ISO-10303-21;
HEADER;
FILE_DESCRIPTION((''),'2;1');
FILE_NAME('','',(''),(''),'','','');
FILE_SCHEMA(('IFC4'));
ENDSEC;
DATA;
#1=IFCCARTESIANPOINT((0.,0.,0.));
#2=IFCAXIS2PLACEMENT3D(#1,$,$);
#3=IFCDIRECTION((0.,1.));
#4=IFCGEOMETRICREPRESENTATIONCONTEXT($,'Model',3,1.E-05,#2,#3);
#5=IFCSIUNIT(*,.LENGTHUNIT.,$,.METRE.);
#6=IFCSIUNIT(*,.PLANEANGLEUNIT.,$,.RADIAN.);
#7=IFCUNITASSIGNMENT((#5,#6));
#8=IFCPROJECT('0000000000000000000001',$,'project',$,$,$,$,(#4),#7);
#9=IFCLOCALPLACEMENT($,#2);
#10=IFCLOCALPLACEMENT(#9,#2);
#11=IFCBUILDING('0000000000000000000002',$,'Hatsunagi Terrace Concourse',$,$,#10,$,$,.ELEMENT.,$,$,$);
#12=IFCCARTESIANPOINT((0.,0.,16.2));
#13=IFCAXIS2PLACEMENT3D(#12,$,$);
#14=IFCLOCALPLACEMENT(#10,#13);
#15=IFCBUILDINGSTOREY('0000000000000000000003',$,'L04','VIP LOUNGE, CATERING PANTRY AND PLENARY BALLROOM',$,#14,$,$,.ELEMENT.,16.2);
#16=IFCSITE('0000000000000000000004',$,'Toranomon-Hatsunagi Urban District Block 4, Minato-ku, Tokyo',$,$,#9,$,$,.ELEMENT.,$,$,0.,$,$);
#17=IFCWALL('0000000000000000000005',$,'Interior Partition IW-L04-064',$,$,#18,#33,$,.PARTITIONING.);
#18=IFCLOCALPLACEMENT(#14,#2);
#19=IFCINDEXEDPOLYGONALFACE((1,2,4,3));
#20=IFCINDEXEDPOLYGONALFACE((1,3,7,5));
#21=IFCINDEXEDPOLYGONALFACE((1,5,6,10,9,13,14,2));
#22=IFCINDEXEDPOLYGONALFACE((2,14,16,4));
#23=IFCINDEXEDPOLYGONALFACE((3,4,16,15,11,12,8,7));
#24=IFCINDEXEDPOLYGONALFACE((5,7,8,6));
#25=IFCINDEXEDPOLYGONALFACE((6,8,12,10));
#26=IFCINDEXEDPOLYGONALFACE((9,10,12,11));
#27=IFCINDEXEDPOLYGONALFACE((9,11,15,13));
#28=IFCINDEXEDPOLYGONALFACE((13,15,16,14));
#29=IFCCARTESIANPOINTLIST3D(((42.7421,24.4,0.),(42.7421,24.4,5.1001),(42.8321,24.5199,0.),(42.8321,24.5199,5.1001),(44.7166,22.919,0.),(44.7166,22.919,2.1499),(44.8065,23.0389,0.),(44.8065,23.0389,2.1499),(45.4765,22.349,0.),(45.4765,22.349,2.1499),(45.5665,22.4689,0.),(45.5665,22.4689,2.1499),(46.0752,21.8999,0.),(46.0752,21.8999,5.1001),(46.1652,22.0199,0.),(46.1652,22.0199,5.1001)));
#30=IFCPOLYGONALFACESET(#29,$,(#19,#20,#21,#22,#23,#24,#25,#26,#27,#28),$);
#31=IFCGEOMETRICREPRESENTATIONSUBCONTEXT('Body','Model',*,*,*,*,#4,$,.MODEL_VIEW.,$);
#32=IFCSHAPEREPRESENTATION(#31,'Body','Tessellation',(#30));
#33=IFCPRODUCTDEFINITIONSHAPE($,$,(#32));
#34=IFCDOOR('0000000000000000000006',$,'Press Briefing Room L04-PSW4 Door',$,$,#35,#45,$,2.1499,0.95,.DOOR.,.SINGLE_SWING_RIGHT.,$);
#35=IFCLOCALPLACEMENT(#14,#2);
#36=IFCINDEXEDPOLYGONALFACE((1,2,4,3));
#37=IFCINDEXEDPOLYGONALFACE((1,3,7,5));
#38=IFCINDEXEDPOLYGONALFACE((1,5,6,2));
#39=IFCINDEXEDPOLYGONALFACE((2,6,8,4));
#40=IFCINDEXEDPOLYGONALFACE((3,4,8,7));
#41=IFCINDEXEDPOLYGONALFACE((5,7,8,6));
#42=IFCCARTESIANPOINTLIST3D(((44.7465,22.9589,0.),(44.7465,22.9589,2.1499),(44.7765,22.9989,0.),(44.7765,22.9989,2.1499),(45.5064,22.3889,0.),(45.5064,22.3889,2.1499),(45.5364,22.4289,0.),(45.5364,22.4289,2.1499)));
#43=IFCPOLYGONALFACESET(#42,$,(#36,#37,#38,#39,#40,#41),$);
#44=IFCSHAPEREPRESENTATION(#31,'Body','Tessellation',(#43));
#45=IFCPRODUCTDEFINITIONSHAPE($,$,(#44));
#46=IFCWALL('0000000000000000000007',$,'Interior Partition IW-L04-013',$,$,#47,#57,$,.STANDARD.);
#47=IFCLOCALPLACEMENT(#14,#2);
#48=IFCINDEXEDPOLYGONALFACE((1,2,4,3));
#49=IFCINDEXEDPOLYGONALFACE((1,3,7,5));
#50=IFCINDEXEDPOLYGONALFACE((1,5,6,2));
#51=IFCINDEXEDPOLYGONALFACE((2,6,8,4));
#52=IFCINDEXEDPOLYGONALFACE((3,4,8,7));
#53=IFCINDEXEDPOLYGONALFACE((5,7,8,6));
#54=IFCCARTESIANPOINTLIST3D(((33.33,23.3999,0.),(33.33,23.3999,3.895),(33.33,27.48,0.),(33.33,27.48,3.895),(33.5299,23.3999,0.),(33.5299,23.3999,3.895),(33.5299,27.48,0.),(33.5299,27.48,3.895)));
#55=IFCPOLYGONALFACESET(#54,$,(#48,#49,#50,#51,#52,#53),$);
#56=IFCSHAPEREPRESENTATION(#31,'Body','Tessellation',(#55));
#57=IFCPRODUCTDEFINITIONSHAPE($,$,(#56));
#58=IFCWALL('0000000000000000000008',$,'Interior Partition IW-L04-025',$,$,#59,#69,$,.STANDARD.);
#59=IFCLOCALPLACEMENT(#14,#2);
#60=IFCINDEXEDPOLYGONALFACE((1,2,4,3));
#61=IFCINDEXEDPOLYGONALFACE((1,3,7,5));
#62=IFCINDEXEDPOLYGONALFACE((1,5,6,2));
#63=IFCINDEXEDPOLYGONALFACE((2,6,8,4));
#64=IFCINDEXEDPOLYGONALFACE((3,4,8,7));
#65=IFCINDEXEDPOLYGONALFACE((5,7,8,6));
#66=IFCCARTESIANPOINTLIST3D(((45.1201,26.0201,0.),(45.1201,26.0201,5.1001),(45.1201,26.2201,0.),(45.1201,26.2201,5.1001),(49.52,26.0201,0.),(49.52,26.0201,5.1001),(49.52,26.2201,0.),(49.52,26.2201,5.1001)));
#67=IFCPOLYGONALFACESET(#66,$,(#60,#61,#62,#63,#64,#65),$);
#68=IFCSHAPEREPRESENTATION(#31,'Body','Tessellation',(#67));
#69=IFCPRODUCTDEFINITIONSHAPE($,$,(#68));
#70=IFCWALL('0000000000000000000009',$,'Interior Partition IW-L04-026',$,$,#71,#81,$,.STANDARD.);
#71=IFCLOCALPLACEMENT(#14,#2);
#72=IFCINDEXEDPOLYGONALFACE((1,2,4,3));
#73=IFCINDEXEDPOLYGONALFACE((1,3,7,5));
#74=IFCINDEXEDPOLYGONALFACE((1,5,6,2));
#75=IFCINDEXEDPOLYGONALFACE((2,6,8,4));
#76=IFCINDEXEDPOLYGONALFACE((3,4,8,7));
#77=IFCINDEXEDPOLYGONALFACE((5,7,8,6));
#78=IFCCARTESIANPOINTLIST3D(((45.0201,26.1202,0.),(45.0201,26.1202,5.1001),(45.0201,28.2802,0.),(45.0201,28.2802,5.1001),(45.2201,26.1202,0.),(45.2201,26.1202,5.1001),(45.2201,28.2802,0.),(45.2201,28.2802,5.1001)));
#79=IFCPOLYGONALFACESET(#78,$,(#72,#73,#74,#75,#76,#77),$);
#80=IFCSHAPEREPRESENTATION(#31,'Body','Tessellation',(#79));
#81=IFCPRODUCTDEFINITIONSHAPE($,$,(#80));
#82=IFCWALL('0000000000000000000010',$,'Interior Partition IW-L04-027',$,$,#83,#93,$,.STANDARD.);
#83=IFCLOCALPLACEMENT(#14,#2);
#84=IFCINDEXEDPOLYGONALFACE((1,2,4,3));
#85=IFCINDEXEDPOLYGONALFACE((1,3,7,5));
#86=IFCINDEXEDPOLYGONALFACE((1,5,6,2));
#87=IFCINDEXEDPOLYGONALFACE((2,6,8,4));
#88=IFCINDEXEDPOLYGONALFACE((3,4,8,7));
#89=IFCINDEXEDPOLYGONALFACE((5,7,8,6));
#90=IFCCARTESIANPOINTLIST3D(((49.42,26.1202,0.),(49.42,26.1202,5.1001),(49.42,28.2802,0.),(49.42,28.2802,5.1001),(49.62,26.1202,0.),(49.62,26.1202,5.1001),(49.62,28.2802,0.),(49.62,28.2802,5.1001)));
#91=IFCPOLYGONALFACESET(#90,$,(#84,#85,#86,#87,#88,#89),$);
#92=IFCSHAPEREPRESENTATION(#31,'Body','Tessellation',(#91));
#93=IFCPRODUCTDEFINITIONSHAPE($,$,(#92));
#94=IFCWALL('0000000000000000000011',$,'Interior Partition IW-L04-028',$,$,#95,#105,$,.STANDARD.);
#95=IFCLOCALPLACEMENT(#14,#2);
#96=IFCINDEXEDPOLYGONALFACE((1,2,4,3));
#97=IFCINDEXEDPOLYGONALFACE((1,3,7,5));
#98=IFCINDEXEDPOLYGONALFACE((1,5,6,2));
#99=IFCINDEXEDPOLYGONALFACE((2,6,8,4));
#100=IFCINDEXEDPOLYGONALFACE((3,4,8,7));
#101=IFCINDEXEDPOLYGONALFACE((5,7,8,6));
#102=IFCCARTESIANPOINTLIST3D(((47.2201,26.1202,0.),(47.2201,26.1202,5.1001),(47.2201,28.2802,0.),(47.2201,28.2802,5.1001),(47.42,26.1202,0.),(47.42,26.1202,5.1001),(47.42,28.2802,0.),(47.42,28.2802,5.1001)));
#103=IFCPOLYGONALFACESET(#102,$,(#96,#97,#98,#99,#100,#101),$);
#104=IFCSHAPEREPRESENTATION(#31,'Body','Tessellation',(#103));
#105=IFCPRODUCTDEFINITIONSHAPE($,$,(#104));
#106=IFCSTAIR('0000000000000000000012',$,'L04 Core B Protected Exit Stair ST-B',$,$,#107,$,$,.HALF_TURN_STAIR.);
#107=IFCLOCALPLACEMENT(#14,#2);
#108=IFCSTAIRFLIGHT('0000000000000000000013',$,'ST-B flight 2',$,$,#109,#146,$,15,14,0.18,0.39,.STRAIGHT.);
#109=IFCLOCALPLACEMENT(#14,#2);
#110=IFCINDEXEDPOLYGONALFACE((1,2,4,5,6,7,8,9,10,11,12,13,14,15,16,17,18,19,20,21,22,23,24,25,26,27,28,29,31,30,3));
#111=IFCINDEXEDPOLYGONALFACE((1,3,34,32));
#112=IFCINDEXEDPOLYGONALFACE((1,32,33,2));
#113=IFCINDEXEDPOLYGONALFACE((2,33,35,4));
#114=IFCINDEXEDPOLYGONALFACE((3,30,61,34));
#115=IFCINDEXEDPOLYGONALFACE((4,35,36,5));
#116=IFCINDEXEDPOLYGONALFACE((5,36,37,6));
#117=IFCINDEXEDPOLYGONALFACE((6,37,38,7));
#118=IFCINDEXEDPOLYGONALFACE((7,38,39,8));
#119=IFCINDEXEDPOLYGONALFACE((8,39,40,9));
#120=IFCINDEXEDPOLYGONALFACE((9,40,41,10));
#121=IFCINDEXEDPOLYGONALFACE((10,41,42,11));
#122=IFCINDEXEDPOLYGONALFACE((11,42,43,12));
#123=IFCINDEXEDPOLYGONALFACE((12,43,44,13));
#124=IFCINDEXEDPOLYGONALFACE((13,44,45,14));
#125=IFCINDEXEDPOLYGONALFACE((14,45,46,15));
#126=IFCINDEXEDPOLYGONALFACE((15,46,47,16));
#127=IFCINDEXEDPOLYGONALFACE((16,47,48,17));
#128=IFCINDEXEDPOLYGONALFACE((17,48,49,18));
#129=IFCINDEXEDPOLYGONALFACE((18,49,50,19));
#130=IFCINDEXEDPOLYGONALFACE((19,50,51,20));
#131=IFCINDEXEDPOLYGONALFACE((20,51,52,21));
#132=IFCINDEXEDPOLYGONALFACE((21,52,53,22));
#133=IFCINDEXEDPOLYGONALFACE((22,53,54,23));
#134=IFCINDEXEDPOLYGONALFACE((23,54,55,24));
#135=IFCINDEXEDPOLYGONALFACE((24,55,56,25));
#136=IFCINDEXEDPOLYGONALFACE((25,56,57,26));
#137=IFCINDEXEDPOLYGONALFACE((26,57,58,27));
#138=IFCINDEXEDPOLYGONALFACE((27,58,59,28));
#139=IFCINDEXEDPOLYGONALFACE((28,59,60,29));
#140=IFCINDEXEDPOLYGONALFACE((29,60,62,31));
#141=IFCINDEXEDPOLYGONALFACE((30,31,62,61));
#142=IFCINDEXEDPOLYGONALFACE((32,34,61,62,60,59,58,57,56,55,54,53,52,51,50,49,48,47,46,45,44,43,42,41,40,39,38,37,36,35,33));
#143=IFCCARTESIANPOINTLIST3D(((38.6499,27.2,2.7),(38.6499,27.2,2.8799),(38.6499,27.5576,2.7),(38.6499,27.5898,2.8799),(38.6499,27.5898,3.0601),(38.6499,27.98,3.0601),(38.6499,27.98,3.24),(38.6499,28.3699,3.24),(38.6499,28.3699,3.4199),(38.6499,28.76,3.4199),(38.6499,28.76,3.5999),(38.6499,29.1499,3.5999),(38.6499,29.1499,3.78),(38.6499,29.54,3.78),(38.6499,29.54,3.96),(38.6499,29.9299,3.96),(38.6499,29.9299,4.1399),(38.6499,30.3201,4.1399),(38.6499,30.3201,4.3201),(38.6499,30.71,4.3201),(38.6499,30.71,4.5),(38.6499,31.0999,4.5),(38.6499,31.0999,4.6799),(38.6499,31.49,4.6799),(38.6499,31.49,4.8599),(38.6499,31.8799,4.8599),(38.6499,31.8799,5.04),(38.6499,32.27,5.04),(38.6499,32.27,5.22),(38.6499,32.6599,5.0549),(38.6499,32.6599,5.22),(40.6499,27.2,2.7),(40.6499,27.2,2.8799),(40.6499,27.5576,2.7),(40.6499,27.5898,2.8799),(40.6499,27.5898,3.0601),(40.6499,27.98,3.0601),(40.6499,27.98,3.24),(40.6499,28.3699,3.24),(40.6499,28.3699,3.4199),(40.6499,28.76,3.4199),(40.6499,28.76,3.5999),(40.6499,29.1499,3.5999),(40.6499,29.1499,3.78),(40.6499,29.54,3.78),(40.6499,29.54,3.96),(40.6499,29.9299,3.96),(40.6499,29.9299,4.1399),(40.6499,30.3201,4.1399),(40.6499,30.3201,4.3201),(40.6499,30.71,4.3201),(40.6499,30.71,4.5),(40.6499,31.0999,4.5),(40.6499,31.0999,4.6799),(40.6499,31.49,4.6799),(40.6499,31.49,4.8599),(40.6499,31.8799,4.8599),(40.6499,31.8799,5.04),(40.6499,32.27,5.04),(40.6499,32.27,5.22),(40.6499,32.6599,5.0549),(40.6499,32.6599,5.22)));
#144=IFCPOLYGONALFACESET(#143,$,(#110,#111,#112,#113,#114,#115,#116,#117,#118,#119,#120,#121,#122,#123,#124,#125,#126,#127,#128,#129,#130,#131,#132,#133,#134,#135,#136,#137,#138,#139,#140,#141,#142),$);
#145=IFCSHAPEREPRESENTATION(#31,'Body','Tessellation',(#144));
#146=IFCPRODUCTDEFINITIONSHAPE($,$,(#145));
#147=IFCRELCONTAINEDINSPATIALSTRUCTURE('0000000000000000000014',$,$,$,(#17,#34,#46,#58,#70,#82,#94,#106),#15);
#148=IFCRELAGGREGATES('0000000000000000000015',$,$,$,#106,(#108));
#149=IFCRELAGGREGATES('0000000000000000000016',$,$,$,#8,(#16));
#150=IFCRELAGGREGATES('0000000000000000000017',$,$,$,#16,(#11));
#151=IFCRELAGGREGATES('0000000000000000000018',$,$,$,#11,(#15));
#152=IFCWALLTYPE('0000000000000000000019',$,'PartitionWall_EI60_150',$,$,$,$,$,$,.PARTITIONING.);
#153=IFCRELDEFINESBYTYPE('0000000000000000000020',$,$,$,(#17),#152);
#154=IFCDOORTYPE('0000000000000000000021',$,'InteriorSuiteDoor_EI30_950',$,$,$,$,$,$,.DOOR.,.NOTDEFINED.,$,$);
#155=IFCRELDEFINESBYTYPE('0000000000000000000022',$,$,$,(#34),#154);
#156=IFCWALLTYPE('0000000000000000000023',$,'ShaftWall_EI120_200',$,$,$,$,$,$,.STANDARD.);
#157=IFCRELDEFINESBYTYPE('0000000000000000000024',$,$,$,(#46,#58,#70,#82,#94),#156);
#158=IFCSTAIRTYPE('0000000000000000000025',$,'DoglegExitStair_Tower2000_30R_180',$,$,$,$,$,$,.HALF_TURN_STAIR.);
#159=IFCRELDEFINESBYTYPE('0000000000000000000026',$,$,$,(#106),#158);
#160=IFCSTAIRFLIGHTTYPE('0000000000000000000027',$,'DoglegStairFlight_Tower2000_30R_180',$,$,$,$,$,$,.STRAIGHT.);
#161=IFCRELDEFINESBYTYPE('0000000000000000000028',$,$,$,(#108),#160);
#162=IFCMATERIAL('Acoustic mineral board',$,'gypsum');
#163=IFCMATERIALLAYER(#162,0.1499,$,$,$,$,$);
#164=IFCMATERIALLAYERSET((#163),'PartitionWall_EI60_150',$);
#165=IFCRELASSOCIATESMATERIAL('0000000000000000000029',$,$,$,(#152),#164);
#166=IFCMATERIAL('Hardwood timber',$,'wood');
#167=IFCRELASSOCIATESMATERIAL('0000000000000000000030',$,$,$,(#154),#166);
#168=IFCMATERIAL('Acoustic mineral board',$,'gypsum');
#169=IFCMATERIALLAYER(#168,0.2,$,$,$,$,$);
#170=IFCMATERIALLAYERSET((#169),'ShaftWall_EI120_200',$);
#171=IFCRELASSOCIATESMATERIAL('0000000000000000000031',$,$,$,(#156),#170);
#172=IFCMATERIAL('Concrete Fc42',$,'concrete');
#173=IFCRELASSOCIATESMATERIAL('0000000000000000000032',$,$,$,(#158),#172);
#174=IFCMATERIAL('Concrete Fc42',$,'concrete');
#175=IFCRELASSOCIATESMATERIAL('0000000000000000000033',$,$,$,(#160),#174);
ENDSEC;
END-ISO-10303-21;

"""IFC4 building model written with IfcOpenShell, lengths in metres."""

from ifc_helpers import new_model, si_unit, direction, frame, frame_2d, origin, place, context, subcontext, project, spatial, polyline, rectangle, outline, extrude, material, layer, layer_set, type_object, element, fill, aggregate, save


model = new_model("IFC4")

# Units and contexts
model_context = context("Model", 3, precision=1e-05, world=origin(), true_north=direction((0.0, 1.0)))
body_context = subcontext(model_context, "Body", "Model", "MODEL_VIEW")
ifc_project = project(units=[si_unit("LENGTHUNIT", "METRE"), si_unit("PLANEANGLEUNIT", "RADIAN")], contexts=[model_context])

# Site, building, storey
site_placement = place(None, origin())
site = spatial("IfcSite", under=ifc_project, at=site_placement, Name="Toranomon-Hatsunagi Urban District Block 4, Minato-ku, Tokyo", CompositionType="ELEMENT", RefElevation=0.0)
building_placement = place(site_placement, origin())
building = spatial("IfcBuilding", under=site, at=building_placement, Name="Hatsunagi Terrace Concourse", CompositionType="ELEMENT")
storey_placement = place(building_placement, frame((0.0, 0.0, 16.2)))
storey = spatial("IfcBuildingStorey", under=building, at=storey_placement, Name="L04", Description="VIP LOUNGE, CATERING PANTRY AND PLENARY BALLROOM", CompositionType="ELEMENT", Elevation=16.2)

# Shared definitions
ifc_material_1 = material(Name="Acoustic mineral board", Category="gypsum")
ifc_layer_1 = layer(ifc_material_1, 0.1499)
ifc_layer_set_1 = layer_set([ifc_layer_1], Name="PartitionWall_EI60_150")
wall_type_1 = type_object("IfcWallType", Name="PartitionWall_EI60_150", PredefinedType="PARTITIONING", material=ifc_layer_set_1)

# Wall, opening, door
wall_1_placement = place(storey_placement, frame((42.7871, 24.46, 0.0), z_axis=(0.0, 0.0, 1.0), x_axis=(0.799972, -0.600038, 0.0)))
wall_1 = element("IfcWall", 1, at=wall_1_placement, inside=storey, type_object=wall_type_1, Name="Interior Partition IW-L04-064", PredefinedType="PARTITIONING", context=body_context, shape_type="SweptSolid", body=[
    extrude(rectangle(XDim=4.1665, YDim=0.1499, at=frame_2d((2.0833, 0.0))), origin(), (0.0, 0.0, 1.0), 5.1001),
])
opening_1_placement = place(wall_1_placement, frame((2.468, 0.0, 0.0)))
opening_1 = element("IfcOpeningElement", 2, at=opening_1_placement, cuts=wall_1, PredefinedType="OPENING", context=body_context, shape_type="SweptSolid", body=[
    extrude(rectangle(XDim=0.95, YDim=2.1499, at=frame_2d((0.4751, 1.075))), frame((0.0, 0.085, 0.0), z_axis=(0.0, -1.0, 0.0), x_axis=(1.0, 0.0, 0.0)), (0.0, 0.0, 1.0), 0.1699),
])
ifc_material_2 = material(Name="Hardwood timber", Category="wood")
door_type_1 = type_object("IfcDoorType", Name="InteriorSuiteDoor_EI30_950", OperationType="NOTDEFINED", PredefinedType="DOOR", material=ifc_material_2)
door_1_placement = place(opening_1_placement, origin())
door_1 = element("IfcDoor", 3, at=door_1_placement, inside=storey, type_object=door_type_1, Name="Press Briefing Room L04-PSW4 Door", OperationType="SINGLE_SWING_RIGHT", OverallHeight=2.1499, OverallWidth=0.95, PredefinedType="DOOR", context=body_context, shape_type="SweptSolid", body=[
    extrude(rectangle(XDim=0.95, YDim=2.1499, at=frame_2d((0.4751, 1.075))), frame((0.0, 0.0249, 0.0), z_axis=(0.0, -1.0, 0.0), x_axis=(1.0, 0.0, 0.0)), (0.0, 0.0, 1.0), 0.05),
])
fill(opening_1, door_1)

# Walls
ifc_material_3 = material(Name="Acoustic mineral board", Category="gypsum")
ifc_layer_2 = layer(ifc_material_3, 0.2)
ifc_layer_set_2 = layer_set([ifc_layer_2], Name="ShaftWall_EI120_200")
wall_type_2 = type_object("IfcWallType", Name="ShaftWall_EI120_200", PredefinedType="STANDARD", material=ifc_layer_set_2)
wall_2_placement = place(storey_placement, frame((33.4299, 23.3999, 0.0), z_axis=(0.0, 0.0, 1.0), x_axis=(0.0, 1.0, 0.0)))
element("IfcWall", 4, at=wall_2_placement, inside=storey, type_object=wall_type_2, Name="Interior Partition IW-L04-013", PredefinedType="STANDARD", context=body_context, shape_type="SweptSolid", body=[
    extrude(rectangle(XDim=4.0801, YDim=0.2, at=frame_2d((2.04, 0.0))), origin(), (0.0, 0.0, 1.0), 3.895),
])
wall_3_placement = place(storey_placement, frame((45.1201, 26.1201, 0.0), z_axis=(0.0, 0.0, 1.0), x_axis=(1.0, 0.0, 0.0)))
element("IfcWall", 5, at=wall_3_placement, inside=storey, type_object=wall_type_2, Name="Interior Partition IW-L04-025", PredefinedType="STANDARD", context=body_context, shape_type="SweptSolid", body=[
    extrude(rectangle(XDim=4.3999, YDim=0.2, at=frame_2d((2.2, 0.0))), origin(), (0.0, 0.0, 1.0), 5.1001),
])
for number, where, z_axis, x_axis, name in (
    (6, (45.1201, 26.1201, 0.0), (0.0, 0.0, 1.0), (0.0, 1.0, 0.0), "Interior Partition IW-L04-026"),
    (7, (49.52, 26.1201, 0.0), (0.0, 0.0, 1.0), (0.0, 1.0, 0.0), "Interior Partition IW-L04-027"),
    (8, (47.3201, 26.1201, 0.0), (0.0, 0.0, 1.0), (0.0, 1.0, 0.0), "Interior Partition IW-L04-028"),
):
    element("IfcWall", number, at=place(storey_placement, frame(where, z_axis=z_axis, x_axis=x_axis)), inside=storey, type_object=wall_type_2, Name=name, PredefinedType="STANDARD", context=body_context, shape_type="SweptSolid", body=[
        extrude(rectangle(XDim=2.1599, YDim=0.2, at=frame_2d((1.0801, 0.0))), origin(), (0.0, 0.0, 1.0), 5.1001),
    ])

# Stair, stair flight
ifc_material_4 = material(Name="Concrete Fc42", Category="concrete")
stair_type = type_object("IfcStairType", Name="DoglegExitStair_Tower2000_30R_180", PredefinedType="HALF_TURN_STAIR", material=ifc_material_4)
stair_placement = place(storey_placement, origin())
stair = element("IfcStair", 9, at=stair_placement, inside=storey, type_object=stair_type, Name="L04 Core B Protected Exit Stair ST-B", PredefinedType="HALF_TURN_STAIR")
ifc_material_5 = material(Name="Concrete Fc42", Category="concrete")
stair_flight_type = type_object("IfcStairFlightType", Name="DoglegStairFlight_Tower2000_30R_180", PredefinedType="STRAIGHT", material=ifc_material_5)
stair_flight_placement = place(storey_placement, frame((39.6499, 27.2, 2.7), z_axis=(0.0, 0.0, 1.0), x_axis=(0.0, 1.0, 0.0)))
stair_flight = element("IfcStairFlight", 10, at=stair_flight_placement, type_object=stair_flight_type, Name="ST-B flight 2", NumberOfRisers=15, NumberOfTreads=14, PredefinedType="STRAIGHT", RiserHeight=0.18, TreadLength=0.39, context=body_context, shape_type="SweptSolid", body=[
    extrude(outline(polyline([(0.0, 0.0), (0.0, 0.1799), (0.3899, 0.1799), (0.3899, 0.3601), (0.78, 0.3601), (0.78, 0.54), (1.1699, 0.54), (1.1699, 0.72), (1.5601, 0.72), (1.5601, 0.8999), (1.95, 0.8999), (1.95, 1.0801), (2.3401, 1.0801), (2.3401, 1.26), (2.73, 1.26), (2.73, 1.4399), (3.1201, 1.4399), (3.1201, 1.6201), (3.51, 1.6201), (3.51, 1.8), (3.8999, 1.8), (3.8999, 1.98), (4.29, 1.98), (4.29, 2.1599), (4.6799, 2.1599), (4.6799, 2.3401), (5.0701, 2.3401), (5.0701, 2.52), (5.46, 2.52), (5.46, 2.7), (5.46, 2.355), (0.3577, 0.0), (0.0, 0.0)])), frame((0.0, 1.0, 0.0), z_axis=(0.0, -1.0, 0.0), x_axis=(1.0, 0.0, 0.0)), (0.0, 0.0, 1.0), 2.0),
])
aggregate(stair, [stair_flight])

save(model, "model.ifc")
